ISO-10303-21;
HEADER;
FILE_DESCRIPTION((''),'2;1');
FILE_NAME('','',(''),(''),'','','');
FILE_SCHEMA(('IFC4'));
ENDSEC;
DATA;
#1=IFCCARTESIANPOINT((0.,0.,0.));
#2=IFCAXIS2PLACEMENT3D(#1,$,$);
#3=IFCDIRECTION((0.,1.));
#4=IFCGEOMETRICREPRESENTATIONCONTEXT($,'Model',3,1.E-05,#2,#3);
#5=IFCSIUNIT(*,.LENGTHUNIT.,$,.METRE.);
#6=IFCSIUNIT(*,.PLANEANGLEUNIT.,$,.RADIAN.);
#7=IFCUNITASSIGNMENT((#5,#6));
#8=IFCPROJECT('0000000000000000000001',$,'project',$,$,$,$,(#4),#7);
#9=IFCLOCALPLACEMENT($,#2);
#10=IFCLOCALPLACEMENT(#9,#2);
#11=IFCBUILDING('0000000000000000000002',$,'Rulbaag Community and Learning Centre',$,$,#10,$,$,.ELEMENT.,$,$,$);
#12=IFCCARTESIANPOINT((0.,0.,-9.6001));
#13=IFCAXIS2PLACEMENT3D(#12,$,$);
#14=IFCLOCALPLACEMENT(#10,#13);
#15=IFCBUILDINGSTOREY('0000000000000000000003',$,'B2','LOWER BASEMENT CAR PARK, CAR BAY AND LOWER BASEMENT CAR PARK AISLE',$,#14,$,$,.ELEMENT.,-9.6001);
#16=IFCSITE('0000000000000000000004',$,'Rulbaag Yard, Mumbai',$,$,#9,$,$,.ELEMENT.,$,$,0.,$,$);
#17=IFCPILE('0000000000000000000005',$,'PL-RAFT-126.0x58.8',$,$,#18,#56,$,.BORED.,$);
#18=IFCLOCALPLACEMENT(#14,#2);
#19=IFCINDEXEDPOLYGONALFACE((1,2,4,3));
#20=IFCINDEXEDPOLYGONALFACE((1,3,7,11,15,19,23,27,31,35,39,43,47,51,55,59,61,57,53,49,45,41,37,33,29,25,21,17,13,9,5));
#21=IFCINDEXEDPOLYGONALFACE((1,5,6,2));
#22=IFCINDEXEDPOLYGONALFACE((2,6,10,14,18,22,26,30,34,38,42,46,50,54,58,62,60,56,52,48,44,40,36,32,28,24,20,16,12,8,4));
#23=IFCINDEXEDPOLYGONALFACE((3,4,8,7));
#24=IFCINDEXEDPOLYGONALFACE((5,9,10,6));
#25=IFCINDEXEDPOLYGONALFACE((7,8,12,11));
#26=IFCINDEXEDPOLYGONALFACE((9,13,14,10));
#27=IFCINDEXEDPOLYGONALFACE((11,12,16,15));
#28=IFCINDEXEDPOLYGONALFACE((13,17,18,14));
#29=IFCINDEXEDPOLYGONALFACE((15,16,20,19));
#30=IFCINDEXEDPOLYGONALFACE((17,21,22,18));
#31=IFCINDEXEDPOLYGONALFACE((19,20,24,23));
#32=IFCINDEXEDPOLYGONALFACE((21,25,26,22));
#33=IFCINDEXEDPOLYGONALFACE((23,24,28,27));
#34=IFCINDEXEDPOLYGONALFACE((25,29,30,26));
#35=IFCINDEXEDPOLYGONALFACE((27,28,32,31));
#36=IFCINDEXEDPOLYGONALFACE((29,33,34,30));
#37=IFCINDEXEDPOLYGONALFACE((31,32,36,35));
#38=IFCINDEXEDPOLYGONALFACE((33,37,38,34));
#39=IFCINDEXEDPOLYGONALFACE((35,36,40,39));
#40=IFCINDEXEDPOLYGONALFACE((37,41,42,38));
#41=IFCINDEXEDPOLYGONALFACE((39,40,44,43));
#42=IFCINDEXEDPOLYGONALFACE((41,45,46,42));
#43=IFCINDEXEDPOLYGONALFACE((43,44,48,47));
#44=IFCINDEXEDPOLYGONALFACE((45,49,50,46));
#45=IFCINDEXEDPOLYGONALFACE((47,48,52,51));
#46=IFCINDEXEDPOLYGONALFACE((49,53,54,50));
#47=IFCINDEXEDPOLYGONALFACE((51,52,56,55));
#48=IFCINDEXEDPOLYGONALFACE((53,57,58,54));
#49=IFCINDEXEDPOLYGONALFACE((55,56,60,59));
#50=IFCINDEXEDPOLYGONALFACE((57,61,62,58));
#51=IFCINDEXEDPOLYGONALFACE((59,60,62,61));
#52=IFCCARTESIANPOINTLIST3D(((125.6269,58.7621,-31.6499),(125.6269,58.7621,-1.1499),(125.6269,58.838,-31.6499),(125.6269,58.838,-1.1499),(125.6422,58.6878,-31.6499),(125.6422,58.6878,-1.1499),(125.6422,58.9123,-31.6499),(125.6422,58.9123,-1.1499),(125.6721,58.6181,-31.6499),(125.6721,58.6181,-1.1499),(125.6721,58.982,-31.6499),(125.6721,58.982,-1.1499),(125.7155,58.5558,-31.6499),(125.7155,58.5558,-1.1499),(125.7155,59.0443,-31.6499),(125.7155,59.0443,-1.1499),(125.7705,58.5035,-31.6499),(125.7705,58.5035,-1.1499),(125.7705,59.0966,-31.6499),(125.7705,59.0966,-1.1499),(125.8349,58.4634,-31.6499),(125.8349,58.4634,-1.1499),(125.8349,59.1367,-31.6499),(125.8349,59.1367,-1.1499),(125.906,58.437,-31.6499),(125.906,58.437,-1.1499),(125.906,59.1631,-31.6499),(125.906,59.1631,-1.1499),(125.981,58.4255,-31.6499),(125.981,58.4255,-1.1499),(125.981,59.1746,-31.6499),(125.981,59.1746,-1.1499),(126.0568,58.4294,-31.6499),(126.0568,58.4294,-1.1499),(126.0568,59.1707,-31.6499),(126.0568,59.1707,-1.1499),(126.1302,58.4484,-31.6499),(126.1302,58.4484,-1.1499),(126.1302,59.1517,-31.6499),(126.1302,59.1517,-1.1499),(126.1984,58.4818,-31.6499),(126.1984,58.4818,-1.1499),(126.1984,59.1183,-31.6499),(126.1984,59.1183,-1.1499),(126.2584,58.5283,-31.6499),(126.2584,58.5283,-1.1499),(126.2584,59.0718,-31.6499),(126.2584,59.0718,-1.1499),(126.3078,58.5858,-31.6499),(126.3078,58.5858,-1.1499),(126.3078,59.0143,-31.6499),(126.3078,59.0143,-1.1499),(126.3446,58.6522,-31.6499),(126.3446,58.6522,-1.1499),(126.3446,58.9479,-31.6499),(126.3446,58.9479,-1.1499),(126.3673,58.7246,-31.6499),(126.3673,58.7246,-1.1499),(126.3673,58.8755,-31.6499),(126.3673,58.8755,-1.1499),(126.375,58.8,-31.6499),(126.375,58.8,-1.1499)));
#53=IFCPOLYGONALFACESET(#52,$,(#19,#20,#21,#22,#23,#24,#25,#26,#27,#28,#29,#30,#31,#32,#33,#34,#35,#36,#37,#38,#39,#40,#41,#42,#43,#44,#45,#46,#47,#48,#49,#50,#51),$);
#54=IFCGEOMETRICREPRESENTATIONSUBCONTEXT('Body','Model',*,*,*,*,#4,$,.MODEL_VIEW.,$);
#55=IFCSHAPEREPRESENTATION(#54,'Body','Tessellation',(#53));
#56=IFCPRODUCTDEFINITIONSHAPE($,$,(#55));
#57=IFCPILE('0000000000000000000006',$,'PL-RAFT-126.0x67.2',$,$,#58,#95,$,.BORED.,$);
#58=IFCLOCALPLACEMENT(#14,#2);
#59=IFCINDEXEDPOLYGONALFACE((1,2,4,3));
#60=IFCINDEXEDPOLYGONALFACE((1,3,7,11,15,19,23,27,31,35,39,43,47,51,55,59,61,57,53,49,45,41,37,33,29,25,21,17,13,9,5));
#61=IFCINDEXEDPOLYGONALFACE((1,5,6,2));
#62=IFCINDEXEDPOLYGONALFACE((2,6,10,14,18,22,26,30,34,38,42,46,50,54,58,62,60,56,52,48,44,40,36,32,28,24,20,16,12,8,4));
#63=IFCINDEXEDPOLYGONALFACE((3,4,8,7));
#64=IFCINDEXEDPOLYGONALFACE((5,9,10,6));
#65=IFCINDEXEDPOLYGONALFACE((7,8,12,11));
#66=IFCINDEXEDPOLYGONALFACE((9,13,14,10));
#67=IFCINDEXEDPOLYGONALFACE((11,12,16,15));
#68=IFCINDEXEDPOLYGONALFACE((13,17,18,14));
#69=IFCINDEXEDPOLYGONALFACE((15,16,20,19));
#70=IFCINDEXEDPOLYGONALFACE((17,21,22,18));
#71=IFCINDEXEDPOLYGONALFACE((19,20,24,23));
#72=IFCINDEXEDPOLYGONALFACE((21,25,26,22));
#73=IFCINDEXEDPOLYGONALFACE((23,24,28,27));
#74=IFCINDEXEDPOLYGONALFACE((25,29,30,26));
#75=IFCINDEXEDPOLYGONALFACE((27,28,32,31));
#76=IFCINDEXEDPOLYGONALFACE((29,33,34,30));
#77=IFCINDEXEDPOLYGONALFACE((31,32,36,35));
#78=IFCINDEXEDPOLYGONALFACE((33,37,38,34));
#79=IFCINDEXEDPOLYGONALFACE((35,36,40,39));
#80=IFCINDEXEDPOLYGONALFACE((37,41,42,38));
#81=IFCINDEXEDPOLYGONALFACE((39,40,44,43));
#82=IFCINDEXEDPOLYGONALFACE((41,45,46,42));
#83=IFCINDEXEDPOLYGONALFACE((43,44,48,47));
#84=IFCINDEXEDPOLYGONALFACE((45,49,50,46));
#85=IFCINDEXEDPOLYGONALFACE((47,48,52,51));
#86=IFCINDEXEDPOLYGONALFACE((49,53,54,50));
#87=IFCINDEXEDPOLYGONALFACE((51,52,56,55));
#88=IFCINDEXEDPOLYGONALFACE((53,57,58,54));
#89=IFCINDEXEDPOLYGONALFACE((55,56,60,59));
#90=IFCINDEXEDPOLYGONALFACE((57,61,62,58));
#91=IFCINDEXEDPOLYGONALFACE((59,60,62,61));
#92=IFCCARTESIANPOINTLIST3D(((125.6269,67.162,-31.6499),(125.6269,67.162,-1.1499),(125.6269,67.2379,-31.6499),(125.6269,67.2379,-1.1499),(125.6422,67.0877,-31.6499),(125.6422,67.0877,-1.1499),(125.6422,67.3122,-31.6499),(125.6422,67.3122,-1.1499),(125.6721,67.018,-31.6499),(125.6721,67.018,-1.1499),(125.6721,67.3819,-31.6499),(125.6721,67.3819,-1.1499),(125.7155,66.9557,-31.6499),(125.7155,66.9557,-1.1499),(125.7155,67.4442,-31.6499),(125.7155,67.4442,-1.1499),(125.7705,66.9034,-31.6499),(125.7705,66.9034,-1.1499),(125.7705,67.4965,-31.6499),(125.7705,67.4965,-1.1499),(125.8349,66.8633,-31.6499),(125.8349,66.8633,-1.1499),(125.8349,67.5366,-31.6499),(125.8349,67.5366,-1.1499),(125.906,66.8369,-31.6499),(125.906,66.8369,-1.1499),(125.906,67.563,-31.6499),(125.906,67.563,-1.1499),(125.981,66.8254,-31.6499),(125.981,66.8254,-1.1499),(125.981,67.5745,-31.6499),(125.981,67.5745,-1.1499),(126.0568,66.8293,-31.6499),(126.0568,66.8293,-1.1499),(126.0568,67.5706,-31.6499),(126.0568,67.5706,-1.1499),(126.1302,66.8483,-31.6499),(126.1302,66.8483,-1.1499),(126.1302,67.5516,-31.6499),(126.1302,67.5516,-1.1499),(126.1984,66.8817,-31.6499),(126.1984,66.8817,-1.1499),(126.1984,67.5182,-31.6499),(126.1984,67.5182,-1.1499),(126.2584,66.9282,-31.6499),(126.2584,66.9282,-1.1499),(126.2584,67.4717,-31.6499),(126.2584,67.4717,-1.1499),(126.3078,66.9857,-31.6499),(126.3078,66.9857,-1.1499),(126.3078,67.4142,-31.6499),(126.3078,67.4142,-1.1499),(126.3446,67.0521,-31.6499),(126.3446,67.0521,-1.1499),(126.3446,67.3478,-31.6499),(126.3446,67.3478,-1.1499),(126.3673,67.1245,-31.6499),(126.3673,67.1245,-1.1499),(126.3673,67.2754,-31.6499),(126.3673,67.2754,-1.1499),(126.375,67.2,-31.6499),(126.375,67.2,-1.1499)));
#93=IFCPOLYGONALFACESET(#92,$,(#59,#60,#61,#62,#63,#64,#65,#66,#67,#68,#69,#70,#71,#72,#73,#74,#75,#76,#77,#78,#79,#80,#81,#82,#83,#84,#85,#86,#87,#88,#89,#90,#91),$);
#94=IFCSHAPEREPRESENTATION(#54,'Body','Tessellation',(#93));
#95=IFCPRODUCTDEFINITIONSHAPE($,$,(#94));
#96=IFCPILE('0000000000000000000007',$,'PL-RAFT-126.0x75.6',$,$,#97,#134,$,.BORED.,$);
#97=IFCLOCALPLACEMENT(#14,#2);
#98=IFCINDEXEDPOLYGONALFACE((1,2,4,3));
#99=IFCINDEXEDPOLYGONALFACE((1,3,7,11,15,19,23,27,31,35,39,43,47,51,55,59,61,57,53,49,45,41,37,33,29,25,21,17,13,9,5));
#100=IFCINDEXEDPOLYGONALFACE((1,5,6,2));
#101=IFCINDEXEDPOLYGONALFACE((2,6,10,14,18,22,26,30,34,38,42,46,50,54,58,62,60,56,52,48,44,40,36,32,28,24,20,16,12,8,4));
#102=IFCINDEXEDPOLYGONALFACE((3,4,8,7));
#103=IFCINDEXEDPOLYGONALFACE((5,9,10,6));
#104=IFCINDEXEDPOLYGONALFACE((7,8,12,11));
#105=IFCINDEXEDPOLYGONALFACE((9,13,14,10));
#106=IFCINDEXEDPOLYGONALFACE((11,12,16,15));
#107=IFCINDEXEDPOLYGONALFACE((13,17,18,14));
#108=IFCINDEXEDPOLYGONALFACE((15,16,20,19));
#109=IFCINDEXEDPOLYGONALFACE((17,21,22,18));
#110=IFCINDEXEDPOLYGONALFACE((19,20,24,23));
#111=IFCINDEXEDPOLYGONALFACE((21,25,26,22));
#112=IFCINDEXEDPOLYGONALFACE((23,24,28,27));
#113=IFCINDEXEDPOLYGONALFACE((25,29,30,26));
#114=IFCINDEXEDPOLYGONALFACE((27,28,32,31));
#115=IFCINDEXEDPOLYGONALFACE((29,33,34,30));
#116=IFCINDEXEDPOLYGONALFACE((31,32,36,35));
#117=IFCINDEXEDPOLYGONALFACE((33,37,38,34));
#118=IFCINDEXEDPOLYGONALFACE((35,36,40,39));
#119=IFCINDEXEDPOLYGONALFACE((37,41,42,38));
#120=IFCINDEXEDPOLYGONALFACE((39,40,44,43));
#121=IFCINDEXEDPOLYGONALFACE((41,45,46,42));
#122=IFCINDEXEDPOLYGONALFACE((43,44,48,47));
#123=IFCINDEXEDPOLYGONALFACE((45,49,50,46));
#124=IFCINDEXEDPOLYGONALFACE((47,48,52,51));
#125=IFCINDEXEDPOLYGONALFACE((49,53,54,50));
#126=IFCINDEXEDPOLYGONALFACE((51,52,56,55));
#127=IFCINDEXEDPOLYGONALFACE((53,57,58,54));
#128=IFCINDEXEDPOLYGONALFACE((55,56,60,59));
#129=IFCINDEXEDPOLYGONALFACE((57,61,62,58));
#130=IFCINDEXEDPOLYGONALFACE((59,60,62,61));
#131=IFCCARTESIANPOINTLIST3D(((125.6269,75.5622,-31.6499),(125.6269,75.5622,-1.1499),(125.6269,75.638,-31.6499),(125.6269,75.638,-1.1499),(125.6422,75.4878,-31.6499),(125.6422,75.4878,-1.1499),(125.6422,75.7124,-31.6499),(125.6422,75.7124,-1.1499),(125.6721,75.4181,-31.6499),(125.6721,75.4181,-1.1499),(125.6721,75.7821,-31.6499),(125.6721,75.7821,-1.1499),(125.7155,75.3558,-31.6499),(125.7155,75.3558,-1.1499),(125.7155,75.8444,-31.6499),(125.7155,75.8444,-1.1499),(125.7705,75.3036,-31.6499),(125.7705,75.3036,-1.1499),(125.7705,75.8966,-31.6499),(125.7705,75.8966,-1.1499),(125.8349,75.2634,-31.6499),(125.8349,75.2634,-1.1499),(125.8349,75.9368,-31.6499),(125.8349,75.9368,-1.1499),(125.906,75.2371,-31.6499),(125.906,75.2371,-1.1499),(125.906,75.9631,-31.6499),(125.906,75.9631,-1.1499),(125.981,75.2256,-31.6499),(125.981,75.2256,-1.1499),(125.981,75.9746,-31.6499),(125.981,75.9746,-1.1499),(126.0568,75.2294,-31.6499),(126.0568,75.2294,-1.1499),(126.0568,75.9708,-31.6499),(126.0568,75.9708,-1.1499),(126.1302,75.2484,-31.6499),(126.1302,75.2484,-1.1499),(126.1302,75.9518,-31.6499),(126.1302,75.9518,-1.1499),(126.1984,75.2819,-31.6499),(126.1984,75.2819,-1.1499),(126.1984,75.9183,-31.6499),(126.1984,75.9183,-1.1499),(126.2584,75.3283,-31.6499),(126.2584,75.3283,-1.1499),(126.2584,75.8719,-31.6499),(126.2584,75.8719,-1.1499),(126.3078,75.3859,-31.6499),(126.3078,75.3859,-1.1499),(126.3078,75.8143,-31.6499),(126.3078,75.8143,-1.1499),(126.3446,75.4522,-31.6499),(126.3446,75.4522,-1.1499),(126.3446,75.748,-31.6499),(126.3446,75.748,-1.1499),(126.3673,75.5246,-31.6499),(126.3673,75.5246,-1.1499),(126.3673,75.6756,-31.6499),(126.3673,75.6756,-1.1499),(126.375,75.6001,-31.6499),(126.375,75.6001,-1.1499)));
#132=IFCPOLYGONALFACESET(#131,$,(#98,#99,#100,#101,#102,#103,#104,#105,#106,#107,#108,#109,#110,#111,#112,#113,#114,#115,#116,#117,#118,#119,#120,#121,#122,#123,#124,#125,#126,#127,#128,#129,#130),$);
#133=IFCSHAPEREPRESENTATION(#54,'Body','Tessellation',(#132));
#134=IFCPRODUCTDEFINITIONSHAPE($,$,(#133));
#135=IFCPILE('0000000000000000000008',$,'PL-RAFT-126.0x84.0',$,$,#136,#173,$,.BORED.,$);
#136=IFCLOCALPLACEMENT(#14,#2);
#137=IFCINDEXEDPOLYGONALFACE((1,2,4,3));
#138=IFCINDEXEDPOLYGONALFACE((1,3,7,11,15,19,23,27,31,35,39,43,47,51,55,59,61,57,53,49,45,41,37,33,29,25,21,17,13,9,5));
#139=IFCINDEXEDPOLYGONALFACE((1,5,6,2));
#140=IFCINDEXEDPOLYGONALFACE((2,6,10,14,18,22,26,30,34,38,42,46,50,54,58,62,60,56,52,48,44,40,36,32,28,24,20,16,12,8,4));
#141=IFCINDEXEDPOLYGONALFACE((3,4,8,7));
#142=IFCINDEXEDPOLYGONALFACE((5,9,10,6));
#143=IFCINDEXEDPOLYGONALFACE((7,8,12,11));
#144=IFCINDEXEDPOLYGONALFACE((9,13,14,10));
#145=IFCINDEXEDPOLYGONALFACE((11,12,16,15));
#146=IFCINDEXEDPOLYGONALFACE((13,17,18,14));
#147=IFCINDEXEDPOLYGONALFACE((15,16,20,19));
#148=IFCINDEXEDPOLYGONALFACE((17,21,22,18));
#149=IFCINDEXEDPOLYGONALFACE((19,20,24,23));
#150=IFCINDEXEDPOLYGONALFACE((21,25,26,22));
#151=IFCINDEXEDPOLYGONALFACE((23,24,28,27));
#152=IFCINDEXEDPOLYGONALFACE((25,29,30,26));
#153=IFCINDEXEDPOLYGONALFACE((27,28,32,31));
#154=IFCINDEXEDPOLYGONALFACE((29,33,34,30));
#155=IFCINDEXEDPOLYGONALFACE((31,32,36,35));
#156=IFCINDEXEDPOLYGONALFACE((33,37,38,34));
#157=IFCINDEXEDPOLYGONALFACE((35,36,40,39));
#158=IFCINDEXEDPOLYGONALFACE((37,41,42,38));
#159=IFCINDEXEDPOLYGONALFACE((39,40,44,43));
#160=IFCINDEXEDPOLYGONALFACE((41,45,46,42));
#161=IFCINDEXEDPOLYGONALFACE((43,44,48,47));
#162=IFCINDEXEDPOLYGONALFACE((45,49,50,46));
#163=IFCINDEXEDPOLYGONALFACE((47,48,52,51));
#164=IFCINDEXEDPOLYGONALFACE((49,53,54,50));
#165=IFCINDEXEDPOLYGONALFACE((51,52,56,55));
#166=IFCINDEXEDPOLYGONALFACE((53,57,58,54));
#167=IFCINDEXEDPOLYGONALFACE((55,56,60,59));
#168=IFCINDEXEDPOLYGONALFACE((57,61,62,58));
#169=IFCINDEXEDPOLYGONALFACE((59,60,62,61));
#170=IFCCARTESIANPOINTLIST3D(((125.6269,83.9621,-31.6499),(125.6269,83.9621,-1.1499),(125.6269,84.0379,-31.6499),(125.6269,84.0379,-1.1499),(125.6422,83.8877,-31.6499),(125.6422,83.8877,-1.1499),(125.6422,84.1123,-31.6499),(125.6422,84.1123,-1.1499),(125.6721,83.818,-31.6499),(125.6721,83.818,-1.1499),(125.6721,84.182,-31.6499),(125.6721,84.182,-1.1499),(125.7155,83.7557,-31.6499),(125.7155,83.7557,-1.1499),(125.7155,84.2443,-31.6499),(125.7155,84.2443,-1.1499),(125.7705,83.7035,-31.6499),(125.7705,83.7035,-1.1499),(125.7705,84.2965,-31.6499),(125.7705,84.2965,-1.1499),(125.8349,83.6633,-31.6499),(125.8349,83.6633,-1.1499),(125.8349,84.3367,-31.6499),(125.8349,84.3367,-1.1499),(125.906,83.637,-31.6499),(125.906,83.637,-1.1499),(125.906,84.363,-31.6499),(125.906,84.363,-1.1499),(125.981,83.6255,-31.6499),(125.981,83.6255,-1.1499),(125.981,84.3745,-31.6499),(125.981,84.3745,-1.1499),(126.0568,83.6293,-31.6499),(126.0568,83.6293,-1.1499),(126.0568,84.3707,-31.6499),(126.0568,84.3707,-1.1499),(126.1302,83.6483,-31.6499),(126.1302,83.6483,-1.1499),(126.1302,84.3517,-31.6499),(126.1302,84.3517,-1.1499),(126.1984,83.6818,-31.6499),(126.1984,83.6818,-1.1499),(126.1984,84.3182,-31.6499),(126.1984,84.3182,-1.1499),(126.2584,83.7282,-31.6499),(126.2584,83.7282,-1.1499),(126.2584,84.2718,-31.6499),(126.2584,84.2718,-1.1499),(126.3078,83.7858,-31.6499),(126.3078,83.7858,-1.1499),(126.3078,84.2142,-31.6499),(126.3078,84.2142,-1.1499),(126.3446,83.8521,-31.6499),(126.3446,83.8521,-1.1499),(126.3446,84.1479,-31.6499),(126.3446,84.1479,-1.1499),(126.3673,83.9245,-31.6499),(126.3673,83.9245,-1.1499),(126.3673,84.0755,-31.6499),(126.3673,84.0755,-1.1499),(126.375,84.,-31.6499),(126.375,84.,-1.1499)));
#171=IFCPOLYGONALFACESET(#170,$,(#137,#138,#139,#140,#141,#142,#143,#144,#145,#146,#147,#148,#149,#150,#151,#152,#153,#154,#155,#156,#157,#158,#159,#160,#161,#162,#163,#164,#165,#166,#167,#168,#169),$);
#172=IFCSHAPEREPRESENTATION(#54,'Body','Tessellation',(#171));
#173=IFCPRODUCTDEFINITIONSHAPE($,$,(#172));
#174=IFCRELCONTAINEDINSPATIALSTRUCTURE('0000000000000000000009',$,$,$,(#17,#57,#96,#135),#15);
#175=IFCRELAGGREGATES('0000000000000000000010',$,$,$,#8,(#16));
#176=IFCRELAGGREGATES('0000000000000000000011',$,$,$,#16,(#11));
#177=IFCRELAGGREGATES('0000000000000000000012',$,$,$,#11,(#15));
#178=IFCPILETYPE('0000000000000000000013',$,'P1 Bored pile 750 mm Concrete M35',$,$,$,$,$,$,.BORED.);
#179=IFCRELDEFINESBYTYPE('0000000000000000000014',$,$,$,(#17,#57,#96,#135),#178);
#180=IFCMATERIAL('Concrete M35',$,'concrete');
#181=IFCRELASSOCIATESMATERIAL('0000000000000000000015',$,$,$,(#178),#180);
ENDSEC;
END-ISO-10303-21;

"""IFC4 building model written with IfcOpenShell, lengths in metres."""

from ifc_helpers import new_model, si_unit, direction, frame, origin, origin_2d, place, context, subcontext, project, spatial, circle, extrude, material, material_profile, profile_set, type_object, element, save


model = new_model("IFC4")

# Units and contexts
model_context = context("Model", 3, precision=1e-05, world=origin(), true_north=direction((0.0, 1.0)))
body_context = subcontext(model_context, "Body", "Model", "MODEL_VIEW")
ifc_project = project(units=[si_unit("LENGTHUNIT", "METRE"), si_unit("PLANEANGLEUNIT", "RADIAN")], contexts=[model_context])

# Site, building, storey
site_placement = place(None, origin())
site = spatial("IfcSite", under=ifc_project, at=site_placement, Name="Rulbaag Yard, Mumbai", CompositionType="ELEMENT", RefElevation=0.0)
building_placement = place(site_placement, origin())
building = spatial("IfcBuilding", under=site, at=building_placement, Name="Rulbaag Community and Learning Centre", CompositionType="ELEMENT")
storey_placement = place(building_placement, frame((0.0, 0.0, -9.6001)))
storey = spatial("IfcBuildingStorey", under=building, at=storey_placement, Name="B2", Description="LOWER BASEMENT CAR PARK, CAR BAY AND LOWER BASEMENT CAR PARK AISLE", CompositionType="ELEMENT", Elevation=-9.6001)

# Piles
ifc_material_1 = material(Name="Concrete M35", Category="concrete")
ifc_material_profile_1 = material_profile(ifc_material_1, circle(Radius=0.375, at=origin_2d()), Name="BP750")
ifc_profile_set_1 = profile_set([ifc_material_profile_1], Name="Concrete M35")
pile_type_1 = type_object("IfcPileType", Name="P1 Bored pile 750 mm Concrete M35", PredefinedType="BORED", material=ifc_profile_set_1)
for number, where, z_axis, x_axis, name in (
    (1, (126.0, 58.8, -1.1499), (0.0, 0.0, -1.0), (1.0, 0.0, 0.0), "PL-RAFT-126.0x58.8"),
    (2, (126.0, 67.2, -1.1499), (0.0, 0.0, -1.0), (1.0, 0.0, 0.0), "PL-RAFT-126.0x67.2"),
    (3, (126.0, 75.6001, -1.1499), (0.0, 0.0, -1.0), (1.0, 0.0, 0.0), "PL-RAFT-126.0x75.6"),
    (4, (126.0, 84.0, -1.1499), (0.0, 0.0, -1.0), (1.0, 0.0, 0.0), "PL-RAFT-126.0x84.0"),
):
    element("IfcPile", number, at=place(storey_placement, frame(where, z_axis=z_axis, x_axis=x_axis)), inside=storey, type_object=pile_type_1, Name=name, PredefinedType="BORED", context=body_context, shape_type="SweptSolid", body=[
        extrude(circle(Radius=0.375, at=origin_2d()), origin(), (0.0, 0.0, 1.0), 30.5),
    ])

save(model, "model.ifc")
